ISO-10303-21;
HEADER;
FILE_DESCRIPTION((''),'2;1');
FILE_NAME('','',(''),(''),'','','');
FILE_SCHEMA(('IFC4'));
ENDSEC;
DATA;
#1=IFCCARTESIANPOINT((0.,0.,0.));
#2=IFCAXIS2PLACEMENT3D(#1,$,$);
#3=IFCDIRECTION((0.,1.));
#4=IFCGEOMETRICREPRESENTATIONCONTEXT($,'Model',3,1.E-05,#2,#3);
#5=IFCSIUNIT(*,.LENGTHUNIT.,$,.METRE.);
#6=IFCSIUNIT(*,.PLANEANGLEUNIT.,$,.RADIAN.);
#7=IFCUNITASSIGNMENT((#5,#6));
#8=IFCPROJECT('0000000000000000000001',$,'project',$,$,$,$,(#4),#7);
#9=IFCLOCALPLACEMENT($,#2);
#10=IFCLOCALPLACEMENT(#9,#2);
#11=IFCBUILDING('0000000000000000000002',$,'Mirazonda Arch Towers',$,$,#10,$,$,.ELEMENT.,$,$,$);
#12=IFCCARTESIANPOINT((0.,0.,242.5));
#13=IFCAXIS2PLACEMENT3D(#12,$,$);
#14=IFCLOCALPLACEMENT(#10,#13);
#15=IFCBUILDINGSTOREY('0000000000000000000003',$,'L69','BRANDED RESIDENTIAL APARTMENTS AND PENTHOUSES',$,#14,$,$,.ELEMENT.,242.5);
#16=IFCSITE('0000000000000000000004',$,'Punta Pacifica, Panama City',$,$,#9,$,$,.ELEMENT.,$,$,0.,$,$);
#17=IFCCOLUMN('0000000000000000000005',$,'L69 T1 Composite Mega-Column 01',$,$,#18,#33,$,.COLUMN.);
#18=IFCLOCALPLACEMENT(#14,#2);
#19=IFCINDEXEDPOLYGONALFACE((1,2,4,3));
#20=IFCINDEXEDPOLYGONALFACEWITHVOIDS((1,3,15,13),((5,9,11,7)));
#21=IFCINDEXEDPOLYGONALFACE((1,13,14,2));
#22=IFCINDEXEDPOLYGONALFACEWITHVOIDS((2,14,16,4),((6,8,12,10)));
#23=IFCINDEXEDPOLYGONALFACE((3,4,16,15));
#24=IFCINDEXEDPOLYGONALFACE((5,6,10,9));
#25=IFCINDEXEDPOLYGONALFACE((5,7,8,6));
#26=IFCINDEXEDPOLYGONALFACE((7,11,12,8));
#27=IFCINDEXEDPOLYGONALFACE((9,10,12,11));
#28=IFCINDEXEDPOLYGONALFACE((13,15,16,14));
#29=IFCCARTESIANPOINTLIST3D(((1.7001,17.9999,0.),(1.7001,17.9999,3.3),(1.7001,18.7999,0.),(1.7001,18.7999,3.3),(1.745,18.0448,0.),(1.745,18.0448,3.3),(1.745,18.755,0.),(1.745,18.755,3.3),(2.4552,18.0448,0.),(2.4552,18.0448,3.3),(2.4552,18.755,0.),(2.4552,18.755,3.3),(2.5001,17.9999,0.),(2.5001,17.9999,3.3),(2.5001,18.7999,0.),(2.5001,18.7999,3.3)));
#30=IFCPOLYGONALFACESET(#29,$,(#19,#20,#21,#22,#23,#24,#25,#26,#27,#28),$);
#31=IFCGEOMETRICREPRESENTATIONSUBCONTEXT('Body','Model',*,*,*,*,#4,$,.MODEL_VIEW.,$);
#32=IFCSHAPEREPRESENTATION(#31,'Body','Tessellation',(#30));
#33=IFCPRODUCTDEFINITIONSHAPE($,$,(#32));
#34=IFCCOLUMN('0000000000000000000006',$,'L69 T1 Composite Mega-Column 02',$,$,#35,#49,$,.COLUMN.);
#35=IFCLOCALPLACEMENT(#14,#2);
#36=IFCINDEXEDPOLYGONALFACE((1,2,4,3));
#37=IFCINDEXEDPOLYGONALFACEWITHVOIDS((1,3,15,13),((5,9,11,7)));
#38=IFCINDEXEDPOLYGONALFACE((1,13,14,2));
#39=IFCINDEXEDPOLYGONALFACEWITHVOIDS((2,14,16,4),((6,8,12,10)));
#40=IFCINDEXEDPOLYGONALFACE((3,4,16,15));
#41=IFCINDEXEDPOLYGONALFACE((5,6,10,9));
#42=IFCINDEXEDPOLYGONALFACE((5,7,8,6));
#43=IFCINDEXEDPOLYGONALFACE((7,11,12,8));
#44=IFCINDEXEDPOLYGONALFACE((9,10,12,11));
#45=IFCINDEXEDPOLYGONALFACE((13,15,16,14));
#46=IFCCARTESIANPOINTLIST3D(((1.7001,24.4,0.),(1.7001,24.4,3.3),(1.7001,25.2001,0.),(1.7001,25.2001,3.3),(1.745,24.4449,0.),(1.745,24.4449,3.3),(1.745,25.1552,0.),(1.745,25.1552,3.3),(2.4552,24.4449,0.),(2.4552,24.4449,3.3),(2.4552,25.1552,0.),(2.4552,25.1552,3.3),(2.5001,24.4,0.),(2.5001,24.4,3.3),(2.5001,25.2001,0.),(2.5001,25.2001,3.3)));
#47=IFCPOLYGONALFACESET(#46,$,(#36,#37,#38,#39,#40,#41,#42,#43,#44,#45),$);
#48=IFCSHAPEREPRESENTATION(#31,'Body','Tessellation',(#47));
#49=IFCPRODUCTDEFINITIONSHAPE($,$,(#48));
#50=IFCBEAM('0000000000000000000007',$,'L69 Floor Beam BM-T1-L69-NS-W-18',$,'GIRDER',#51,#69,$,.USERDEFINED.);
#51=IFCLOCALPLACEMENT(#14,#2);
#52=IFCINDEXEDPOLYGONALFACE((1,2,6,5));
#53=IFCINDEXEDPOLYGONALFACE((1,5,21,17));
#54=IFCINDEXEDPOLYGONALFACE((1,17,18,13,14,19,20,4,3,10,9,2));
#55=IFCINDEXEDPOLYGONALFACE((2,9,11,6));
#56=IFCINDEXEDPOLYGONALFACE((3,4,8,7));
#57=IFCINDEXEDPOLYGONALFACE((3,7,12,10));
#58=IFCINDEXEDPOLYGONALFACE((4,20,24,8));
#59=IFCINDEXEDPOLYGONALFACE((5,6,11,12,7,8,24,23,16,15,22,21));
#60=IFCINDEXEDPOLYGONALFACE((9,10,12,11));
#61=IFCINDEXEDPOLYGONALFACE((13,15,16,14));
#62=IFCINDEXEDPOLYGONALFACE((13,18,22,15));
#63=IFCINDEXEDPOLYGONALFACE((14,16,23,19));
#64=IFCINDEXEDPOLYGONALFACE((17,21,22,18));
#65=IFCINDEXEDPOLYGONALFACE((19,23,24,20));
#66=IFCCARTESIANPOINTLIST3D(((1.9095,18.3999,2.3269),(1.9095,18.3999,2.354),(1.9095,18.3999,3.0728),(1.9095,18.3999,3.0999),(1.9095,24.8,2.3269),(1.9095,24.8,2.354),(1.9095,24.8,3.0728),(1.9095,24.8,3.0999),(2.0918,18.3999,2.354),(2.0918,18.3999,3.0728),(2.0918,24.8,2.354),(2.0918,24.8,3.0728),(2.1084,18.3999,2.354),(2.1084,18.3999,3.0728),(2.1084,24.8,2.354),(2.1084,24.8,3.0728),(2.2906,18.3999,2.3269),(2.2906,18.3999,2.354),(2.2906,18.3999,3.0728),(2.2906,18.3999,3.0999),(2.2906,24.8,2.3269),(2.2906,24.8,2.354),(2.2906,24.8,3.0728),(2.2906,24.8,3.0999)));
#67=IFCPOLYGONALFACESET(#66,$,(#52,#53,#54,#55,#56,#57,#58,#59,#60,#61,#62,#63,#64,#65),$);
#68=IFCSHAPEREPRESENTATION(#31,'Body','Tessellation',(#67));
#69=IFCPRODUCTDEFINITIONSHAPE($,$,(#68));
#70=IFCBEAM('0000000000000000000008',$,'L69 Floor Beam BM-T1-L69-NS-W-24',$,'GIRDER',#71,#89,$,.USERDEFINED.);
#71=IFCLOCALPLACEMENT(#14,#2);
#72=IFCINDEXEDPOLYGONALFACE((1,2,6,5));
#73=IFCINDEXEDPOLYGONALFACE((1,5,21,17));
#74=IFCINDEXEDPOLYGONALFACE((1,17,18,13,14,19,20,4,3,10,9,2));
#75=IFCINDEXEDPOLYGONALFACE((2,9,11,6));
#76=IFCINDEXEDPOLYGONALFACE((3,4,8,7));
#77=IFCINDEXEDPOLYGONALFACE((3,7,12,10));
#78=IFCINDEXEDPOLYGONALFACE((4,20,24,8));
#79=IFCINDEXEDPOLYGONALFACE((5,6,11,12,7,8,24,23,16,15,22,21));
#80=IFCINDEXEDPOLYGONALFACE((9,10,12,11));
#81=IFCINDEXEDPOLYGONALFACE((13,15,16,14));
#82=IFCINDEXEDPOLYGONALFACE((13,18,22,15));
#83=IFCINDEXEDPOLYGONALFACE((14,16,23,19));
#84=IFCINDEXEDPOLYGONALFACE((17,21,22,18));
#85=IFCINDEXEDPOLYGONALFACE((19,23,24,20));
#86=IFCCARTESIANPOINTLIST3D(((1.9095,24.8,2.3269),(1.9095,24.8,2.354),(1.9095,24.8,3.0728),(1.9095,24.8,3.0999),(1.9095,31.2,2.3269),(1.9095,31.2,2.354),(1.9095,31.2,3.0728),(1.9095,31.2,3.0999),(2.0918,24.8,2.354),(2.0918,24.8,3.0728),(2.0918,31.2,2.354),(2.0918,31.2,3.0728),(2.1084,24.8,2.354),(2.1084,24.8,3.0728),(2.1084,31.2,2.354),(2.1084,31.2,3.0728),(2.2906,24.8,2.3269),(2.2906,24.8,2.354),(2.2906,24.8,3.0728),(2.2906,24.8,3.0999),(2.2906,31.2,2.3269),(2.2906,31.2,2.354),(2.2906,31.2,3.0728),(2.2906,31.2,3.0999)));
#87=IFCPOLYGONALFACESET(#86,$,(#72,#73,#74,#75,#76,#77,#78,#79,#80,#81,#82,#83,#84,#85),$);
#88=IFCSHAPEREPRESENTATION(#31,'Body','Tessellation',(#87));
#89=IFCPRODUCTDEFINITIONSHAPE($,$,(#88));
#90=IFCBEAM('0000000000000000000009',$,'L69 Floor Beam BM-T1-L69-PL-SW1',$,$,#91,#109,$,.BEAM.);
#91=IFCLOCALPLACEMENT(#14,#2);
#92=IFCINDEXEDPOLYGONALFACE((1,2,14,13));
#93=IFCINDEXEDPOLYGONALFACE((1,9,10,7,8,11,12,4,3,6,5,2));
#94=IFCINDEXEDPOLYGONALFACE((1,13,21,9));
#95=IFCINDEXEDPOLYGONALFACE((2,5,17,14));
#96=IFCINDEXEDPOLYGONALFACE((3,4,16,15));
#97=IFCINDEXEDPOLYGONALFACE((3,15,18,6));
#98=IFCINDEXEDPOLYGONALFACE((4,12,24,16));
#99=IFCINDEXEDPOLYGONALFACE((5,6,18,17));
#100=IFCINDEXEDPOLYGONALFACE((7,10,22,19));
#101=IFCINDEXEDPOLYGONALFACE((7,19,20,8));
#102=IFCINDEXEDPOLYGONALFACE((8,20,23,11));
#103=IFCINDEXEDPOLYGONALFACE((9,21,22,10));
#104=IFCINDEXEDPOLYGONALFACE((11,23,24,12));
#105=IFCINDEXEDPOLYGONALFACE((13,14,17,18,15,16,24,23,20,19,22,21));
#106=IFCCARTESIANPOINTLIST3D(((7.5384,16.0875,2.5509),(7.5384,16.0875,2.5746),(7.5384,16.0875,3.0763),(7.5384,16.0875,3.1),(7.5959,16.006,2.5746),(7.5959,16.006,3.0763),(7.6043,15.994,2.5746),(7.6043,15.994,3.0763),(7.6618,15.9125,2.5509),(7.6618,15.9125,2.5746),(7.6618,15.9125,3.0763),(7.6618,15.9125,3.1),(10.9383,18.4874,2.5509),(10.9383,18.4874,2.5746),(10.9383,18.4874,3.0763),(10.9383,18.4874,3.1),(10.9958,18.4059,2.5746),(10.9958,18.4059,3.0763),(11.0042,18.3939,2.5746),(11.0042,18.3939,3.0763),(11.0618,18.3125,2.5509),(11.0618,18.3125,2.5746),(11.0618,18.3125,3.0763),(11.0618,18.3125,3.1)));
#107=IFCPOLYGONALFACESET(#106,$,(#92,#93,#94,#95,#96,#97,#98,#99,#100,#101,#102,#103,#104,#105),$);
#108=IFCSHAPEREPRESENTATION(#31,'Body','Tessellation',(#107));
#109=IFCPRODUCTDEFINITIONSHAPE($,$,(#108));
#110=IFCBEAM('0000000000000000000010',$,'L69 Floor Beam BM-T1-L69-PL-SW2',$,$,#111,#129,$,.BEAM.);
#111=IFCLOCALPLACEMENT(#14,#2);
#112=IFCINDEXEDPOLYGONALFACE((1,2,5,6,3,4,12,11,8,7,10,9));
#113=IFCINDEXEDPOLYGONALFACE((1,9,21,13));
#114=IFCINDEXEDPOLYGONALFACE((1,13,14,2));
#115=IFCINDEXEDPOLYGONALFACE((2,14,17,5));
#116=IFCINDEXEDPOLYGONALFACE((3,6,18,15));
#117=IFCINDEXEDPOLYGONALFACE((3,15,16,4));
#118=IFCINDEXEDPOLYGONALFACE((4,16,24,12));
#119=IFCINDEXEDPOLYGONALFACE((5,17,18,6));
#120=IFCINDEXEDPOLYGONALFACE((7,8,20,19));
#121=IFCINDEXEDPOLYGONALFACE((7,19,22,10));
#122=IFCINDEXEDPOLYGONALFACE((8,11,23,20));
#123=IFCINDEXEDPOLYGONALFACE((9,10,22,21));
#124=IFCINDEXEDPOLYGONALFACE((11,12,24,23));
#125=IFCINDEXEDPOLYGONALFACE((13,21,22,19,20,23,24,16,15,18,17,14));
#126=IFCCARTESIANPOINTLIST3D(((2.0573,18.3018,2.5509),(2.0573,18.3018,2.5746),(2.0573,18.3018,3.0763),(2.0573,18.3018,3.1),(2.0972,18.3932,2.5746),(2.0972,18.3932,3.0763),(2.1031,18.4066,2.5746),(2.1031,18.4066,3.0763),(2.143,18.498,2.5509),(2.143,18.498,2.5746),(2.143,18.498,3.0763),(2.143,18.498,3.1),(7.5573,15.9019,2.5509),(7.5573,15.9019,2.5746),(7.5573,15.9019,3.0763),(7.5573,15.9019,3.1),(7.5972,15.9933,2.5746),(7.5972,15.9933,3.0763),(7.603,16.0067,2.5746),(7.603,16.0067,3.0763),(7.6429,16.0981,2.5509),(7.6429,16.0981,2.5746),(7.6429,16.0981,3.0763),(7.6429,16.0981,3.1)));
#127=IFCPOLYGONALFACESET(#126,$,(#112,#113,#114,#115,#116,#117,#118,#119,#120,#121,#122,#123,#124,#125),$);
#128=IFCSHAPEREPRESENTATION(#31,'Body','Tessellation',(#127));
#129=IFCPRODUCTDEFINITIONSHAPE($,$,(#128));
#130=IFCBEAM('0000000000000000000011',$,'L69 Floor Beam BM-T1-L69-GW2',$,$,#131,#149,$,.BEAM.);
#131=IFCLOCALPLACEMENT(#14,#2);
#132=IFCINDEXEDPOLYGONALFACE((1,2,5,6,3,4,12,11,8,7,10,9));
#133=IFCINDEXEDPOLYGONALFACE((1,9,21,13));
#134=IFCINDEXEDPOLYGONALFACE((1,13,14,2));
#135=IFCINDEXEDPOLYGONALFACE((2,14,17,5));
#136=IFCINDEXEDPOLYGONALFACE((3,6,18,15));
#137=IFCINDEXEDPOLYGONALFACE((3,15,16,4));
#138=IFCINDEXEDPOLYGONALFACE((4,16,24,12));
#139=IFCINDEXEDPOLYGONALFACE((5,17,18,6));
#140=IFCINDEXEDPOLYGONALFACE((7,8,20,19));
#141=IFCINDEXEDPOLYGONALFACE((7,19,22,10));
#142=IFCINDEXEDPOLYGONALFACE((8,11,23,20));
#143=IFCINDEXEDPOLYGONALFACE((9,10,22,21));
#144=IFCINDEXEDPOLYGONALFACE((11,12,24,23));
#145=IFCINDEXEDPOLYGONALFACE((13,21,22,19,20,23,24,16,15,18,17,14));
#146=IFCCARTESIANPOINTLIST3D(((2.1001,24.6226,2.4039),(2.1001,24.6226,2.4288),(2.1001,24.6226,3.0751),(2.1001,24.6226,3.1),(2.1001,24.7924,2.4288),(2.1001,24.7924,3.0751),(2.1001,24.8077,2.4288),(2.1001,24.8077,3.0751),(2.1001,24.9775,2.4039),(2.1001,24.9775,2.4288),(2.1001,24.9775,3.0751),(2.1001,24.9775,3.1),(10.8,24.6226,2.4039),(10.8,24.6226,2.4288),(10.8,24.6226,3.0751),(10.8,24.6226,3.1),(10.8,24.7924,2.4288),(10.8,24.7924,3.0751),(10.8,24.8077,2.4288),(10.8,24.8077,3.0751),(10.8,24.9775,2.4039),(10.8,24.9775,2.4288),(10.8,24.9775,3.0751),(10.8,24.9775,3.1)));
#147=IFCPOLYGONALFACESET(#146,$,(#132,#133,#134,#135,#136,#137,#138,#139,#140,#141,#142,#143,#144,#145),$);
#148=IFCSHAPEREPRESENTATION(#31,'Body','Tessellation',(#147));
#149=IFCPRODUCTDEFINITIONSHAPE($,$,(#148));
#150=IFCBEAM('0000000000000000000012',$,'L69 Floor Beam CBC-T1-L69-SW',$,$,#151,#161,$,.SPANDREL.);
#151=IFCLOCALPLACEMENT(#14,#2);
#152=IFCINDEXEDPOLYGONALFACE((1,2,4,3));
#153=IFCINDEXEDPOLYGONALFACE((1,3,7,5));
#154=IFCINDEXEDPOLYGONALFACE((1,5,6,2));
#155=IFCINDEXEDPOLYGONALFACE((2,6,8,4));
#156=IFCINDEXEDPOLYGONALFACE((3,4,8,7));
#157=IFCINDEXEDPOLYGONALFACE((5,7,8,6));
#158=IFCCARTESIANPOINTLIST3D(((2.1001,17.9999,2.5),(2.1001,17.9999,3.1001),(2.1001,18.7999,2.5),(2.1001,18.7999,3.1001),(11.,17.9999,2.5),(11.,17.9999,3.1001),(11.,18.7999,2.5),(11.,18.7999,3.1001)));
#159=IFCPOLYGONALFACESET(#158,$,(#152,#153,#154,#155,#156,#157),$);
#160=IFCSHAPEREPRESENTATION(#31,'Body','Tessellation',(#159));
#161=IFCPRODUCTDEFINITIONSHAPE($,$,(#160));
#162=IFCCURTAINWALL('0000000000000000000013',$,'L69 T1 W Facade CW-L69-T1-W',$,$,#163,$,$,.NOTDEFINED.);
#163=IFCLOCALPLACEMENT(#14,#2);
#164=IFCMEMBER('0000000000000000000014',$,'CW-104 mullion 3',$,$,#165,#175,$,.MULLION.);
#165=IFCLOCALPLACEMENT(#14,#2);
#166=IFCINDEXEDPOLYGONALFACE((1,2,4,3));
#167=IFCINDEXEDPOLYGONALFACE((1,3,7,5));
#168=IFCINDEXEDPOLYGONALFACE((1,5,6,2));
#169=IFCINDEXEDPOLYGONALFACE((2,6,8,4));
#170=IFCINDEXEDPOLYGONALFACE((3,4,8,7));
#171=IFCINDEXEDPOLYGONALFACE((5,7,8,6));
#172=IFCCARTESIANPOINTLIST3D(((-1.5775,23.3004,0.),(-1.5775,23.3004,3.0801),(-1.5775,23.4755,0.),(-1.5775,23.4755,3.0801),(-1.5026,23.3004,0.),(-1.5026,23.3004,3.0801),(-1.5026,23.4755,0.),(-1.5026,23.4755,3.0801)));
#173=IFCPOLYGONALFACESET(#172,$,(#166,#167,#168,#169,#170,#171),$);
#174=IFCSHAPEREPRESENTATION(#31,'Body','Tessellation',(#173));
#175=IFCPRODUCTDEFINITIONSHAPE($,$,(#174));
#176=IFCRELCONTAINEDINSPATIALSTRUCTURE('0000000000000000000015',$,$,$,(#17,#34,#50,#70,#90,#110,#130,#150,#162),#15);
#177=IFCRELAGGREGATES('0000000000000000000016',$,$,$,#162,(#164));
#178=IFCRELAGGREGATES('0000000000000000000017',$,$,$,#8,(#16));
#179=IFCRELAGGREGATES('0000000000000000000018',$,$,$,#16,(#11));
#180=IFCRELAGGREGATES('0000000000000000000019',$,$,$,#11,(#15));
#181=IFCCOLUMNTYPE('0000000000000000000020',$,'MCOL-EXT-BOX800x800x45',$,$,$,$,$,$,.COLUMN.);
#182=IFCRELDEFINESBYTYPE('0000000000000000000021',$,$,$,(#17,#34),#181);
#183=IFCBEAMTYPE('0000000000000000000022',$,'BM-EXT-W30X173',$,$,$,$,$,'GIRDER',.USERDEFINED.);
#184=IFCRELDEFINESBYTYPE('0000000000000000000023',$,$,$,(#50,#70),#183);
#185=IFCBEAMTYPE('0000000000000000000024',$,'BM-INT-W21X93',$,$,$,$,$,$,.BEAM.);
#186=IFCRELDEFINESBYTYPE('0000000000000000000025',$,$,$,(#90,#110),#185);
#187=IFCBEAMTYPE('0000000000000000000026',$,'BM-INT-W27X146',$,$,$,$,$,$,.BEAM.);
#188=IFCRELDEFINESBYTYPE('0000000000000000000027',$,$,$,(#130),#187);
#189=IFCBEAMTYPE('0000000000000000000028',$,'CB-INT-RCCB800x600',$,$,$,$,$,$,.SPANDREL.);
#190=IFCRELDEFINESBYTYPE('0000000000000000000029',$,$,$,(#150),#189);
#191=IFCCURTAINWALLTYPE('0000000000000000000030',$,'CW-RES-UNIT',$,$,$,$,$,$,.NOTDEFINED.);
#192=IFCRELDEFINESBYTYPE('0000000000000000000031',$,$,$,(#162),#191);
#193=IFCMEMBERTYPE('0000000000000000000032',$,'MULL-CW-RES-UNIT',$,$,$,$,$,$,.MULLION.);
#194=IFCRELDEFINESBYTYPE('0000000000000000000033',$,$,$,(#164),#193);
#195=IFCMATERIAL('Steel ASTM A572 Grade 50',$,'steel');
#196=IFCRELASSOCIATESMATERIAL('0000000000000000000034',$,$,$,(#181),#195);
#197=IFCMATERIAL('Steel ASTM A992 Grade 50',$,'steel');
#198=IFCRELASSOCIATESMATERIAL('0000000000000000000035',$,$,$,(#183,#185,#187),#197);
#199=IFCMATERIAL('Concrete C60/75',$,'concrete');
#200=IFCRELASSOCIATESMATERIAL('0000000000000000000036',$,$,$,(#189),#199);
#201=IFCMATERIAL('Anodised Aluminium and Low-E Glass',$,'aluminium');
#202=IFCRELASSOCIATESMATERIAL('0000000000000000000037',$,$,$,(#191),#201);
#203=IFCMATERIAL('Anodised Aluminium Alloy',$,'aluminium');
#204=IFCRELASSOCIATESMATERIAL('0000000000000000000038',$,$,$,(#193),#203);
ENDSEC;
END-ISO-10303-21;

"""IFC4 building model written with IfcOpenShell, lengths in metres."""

from ifc_helpers import new_model, si_unit, direction, frame, origin, origin_2d, place, context, subcontext, project, spatial, rectangle, hollow_rectangle, i_section, extrude, material, material_profile, profile_set, type_object, element, aggregate, save


model = new_model("IFC4")

# Units and contexts
model_context = context("Model", 3, precision=1e-05, world=origin(), true_north=direction((0.0, 1.0)))
body_context = subcontext(model_context, "Body", "Model", "MODEL_VIEW")
ifc_project = project(units=[si_unit("LENGTHUNIT", "METRE"), si_unit("PLANEANGLEUNIT", "RADIAN")], contexts=[model_context])

# Site, building, storey
site_placement = place(None, origin())
site = spatial("IfcSite", under=ifc_project, at=site_placement, Name="Punta Pacifica, Panama City", CompositionType="ELEMENT", RefElevation=0.0)
building_placement = place(site_placement, origin())
building = spatial("IfcBuilding", under=site, at=building_placement, Name="Mirazonda Arch Towers", CompositionType="ELEMENT")
storey_placement = place(building_placement, frame((0.0, 0.0, 242.5)))
storey = spatial("IfcBuildingStorey", under=building, at=storey_placement, Name="L69", Description="BRANDED RESIDENTIAL APARTMENTS AND PENTHOUSES", CompositionType="ELEMENT", Elevation=242.5)

# Columns
ifc_material_1 = material(Name="Steel ASTM A572 Grade 50", Category="steel")
ifc_material_profile_1 = material_profile(ifc_material_1, hollow_rectangle(XDim=0.8, YDim=0.8, WallThickness=0.0449, at=origin_2d()), Name="BOX800x800x45")
ifc_profile_set_1 = profile_set([ifc_material_profile_1], Name="Steel ASTM A572 Grade 50")
column_type = type_object("IfcColumnType", Name="MCOL-EXT-BOX800x800x45", PredefinedType="COLUMN", material=ifc_profile_set_1)
for number, where, z_axis, x_axis, name in (
    (1, (2.1001, 18.3999, 0.0), (0.0, 0.0, 1.0), (1.0, 0.0, 0.0), "L69 T1 Composite Mega-Column 01"),
    (2, (2.1001, 24.8, 0.0), (0.0, 0.0, 1.0), (1.0, 0.0, 0.0), "L69 T1 Composite Mega-Column 02"),
):
    element("IfcColumn", number, at=place(storey_placement, frame(where, z_axis=z_axis, x_axis=x_axis)), inside=storey, type_object=column_type, Name=name, PredefinedType="COLUMN", context=body_context, shape_type="SweptSolid", body=[
        extrude(hollow_rectangle(XDim=0.8, YDim=0.8, WallThickness=0.0449, at=origin_2d()), origin(), (0.0, 0.0, 1.0), 3.3),
    ])

# Beams
ifc_material_2 = material(Name="Steel ASTM A992 Grade 50", Category="steel")
ifc_material_profile_2 = material_profile(ifc_material_2, i_section(OverallWidth=0.3811, OverallDepth=0.7729, WebThickness=0.0166, FlangeThickness=0.0271, at=origin_2d()), Name="W30X173")
ifc_profile_set_2 = profile_set([ifc_material_profile_2], Name="Steel ASTM A992 Grade 50")
beam_type_1 = type_object("IfcBeamType", Name="BM-EXT-W30X173", ElementType="GIRDER", PredefinedType="USERDEFINED", material=ifc_profile_set_2)
beam_1_placement = place(storey_placement, frame((2.1001, 18.3999, 2.7134), z_axis=(0.0, 1.0, 0.0), x_axis=(-1.0, 0.0, 0.0)))
element("IfcBeam", 3, at=beam_1_placement, inside=storey, type_object=beam_type_1, Name="L69 Floor Beam BM-T1-L69-NS-W-18", ObjectType="GIRDER", PredefinedType="USERDEFINED", context=body_context, shape_type="SweptSolid", body=[
    extrude(i_section(OverallWidth=0.3811, OverallDepth=0.7729, WebThickness=0.0166, FlangeThickness=0.0271, at=origin_2d()), origin(), (0.0, 0.0, 1.0), 6.4001),
])
beam_2_placement = place(storey_placement, frame((2.1001, 24.8, 2.7134), z_axis=(0.0, 1.0, 0.0), x_axis=(-1.0, 0.0, 0.0)))
element("IfcBeam", 4, at=beam_2_placement, inside=storey, type_object=beam_type_1, Name="L69 Floor Beam BM-T1-L69-NS-W-24", ObjectType="GIRDER", PredefinedType="USERDEFINED", context=body_context, shape_type="SweptSolid", body=[
    extrude(i_section(OverallWidth=0.3811, OverallDepth=0.7729, WebThickness=0.0166, FlangeThickness=0.0271, at=origin_2d()), origin(), (0.0, 0.0, 1.0), 6.3999),
])
ifc_material_profile_3 = material_profile(ifc_material_2, i_section(OverallWidth=0.2141, OverallDepth=0.5491, WebThickness=0.0146, FlangeThickness=0.0237, at=origin_2d()), Name="W21X93")
ifc_profile_set_3 = profile_set([ifc_material_profile_3], Name="Steel ASTM A992 Grade 50")
beam_type_2 = type_object("IfcBeamType", Name="BM-INT-W21X93", PredefinedType="BEAM", material=ifc_profile_set_3)
beam_3_placement = place(storey_placement, frame((7.6001, 16.0, 2.8254), z_axis=(0.816971, 0.576679, 0.0), x_axis=(-0.576679, 0.816971, 0.0)))
element("IfcBeam", 5, at=beam_3_placement, inside=storey, type_object=beam_type_2, Name="L69 Floor Beam BM-T1-L69-PL-SW1", PredefinedType="BEAM", context=body_context, shape_type="SweptSolid", body=[
    extrude(i_section(OverallWidth=0.2141, OverallDepth=0.5491, WebThickness=0.0146, FlangeThickness=0.0237, at=origin_2d()), origin(), (0.0, 0.0, 1.0), 4.1616),
])
beam_4_placement = place(storey_placement, frame((7.6001, 16.0, 2.8254), z_axis=(-0.916545, 0.399931, 0.0), x_axis=(-0.399931, -0.916545, 0.0)))
element("IfcBeam", 6, at=beam_4_placement, inside=storey, type_object=beam_type_2, Name="L69 Floor Beam BM-T1-L69-PL-SW2", PredefinedType="BEAM", context=body_context, shape_type="SweptSolid", body=[
    extrude(i_section(OverallWidth=0.2141, OverallDepth=0.5491, WebThickness=0.0146, FlangeThickness=0.0237, at=origin_2d()), origin(), (0.0, 0.0, 1.0), 6.0007),
])
ifc_material_profile_4 = material_profile(ifc_material_2, i_section(OverallWidth=0.355, OverallDepth=0.696, WebThickness=0.0154, FlangeThickness=0.0249, at=origin_2d()), Name="W27X146")
ifc_profile_set_4 = profile_set([ifc_material_profile_4], Name="Steel ASTM A992 Grade 50")
beam_type_3 = type_object("IfcBeamType", Name="BM-INT-W27X146", PredefinedType="BEAM", material=ifc_profile_set_4)
beam_5_placement = place(storey_placement, frame((2.1001, 24.8, 2.752), z_axis=(1.0, 0.0, 0.0), x_axis=(0.0, 1.0, 0.0)))
element("IfcBeam", 7, at=beam_5_placement, inside=storey, type_object=beam_type_3, Name="L69 Floor Beam BM-T1-L69-GW2", PredefinedType="BEAM", context=body_context, shape_type="SweptSolid", body=[
    extrude(i_section(OverallWidth=0.355, OverallDepth=0.696, WebThickness=0.0154, FlangeThickness=0.0249, at=origin_2d()), origin(), (0.0, 0.0, 1.0), 8.7),
])
ifc_material_3 = material(Name="Concrete C60/75", Category="concrete")
ifc_material_profile_5 = material_profile(ifc_material_3, rectangle(XDim=0.8, YDim=0.6001, at=origin_2d()), Name="RCCB800x600")
ifc_profile_set_5 = profile_set([ifc_material_profile_5], Name="Concrete C60/75")
beam_type_4 = type_object("IfcBeamType", Name="CB-INT-RCCB800x600", PredefinedType="SPANDREL", material=ifc_profile_set_5)
beam_6_placement = place(storey_placement, frame((2.1001, 18.3999, 2.8), z_axis=(1.0, 0.0, 0.0), x_axis=(0.0, 1.0, 0.0)))
element("IfcBeam", 8, at=beam_6_placement, inside=storey, type_object=beam_type_4, Name="L69 Floor Beam CBC-T1-L69-SW", PredefinedType="SPANDREL", context=body_context, shape_type="SweptSolid", body=[
    extrude(rectangle(XDim=0.8, YDim=0.6001, at=origin_2d()), origin(), (0.0, 0.0, 1.0), 8.8999),
])

# Curtain wall, member
ifc_material_4 = material(Name="Anodised Aluminium and Low-E Glass", Category="aluminium")
curtain_wall_type = type_object("IfcCurtainWallType", Name="CW-RES-UNIT", PredefinedType="NOTDEFINED", material=ifc_material_4)
curtain_wall_placement = place(storey_placement, origin())
curtain_wall = element("IfcCurtainWall", 9, at=curtain_wall_placement, inside=storey, type_object=curtain_wall_type, Name="L69 T1 W Facade CW-L69-T1-W", PredefinedType="NOTDEFINED")
ifc_material_5 = material(Name="Anodised Aluminium Alloy", Category="aluminium")
ifc_material_profile_6 = material_profile(ifc_material_5, rectangle(XDim=0.075, YDim=0.175, at=origin_2d()), Name="ALU-MULL-75x175")
ifc_profile_set_6 = profile_set([ifc_material_profile_6], Name="Anodised Aluminium Alloy")
member_type_1 = type_object("IfcMemberType", Name="MULL-CW-RES-UNIT", PredefinedType="MULLION", material=ifc_profile_set_6)
member_1_placement = place(storey_placement, frame((-1.54, 23.3879, 0.0), z_axis=(0.0, 0.0, 1.0), x_axis=(1.0, 0.0, 0.0)))
member_1 = element("IfcMember", 10, at=member_1_placement, type_object=member_type_1, Name="CW-104 mullion 3", PredefinedType="MULLION", context=body_context, shape_type="SweptSolid", body=[
    extrude(rectangle(XDim=0.075, YDim=0.175, at=origin_2d()), origin(), (0.0, 0.0, 1.0), 3.0801),
])
aggregate(curtain_wall, [member_1])

save(model, "model.ifc")
